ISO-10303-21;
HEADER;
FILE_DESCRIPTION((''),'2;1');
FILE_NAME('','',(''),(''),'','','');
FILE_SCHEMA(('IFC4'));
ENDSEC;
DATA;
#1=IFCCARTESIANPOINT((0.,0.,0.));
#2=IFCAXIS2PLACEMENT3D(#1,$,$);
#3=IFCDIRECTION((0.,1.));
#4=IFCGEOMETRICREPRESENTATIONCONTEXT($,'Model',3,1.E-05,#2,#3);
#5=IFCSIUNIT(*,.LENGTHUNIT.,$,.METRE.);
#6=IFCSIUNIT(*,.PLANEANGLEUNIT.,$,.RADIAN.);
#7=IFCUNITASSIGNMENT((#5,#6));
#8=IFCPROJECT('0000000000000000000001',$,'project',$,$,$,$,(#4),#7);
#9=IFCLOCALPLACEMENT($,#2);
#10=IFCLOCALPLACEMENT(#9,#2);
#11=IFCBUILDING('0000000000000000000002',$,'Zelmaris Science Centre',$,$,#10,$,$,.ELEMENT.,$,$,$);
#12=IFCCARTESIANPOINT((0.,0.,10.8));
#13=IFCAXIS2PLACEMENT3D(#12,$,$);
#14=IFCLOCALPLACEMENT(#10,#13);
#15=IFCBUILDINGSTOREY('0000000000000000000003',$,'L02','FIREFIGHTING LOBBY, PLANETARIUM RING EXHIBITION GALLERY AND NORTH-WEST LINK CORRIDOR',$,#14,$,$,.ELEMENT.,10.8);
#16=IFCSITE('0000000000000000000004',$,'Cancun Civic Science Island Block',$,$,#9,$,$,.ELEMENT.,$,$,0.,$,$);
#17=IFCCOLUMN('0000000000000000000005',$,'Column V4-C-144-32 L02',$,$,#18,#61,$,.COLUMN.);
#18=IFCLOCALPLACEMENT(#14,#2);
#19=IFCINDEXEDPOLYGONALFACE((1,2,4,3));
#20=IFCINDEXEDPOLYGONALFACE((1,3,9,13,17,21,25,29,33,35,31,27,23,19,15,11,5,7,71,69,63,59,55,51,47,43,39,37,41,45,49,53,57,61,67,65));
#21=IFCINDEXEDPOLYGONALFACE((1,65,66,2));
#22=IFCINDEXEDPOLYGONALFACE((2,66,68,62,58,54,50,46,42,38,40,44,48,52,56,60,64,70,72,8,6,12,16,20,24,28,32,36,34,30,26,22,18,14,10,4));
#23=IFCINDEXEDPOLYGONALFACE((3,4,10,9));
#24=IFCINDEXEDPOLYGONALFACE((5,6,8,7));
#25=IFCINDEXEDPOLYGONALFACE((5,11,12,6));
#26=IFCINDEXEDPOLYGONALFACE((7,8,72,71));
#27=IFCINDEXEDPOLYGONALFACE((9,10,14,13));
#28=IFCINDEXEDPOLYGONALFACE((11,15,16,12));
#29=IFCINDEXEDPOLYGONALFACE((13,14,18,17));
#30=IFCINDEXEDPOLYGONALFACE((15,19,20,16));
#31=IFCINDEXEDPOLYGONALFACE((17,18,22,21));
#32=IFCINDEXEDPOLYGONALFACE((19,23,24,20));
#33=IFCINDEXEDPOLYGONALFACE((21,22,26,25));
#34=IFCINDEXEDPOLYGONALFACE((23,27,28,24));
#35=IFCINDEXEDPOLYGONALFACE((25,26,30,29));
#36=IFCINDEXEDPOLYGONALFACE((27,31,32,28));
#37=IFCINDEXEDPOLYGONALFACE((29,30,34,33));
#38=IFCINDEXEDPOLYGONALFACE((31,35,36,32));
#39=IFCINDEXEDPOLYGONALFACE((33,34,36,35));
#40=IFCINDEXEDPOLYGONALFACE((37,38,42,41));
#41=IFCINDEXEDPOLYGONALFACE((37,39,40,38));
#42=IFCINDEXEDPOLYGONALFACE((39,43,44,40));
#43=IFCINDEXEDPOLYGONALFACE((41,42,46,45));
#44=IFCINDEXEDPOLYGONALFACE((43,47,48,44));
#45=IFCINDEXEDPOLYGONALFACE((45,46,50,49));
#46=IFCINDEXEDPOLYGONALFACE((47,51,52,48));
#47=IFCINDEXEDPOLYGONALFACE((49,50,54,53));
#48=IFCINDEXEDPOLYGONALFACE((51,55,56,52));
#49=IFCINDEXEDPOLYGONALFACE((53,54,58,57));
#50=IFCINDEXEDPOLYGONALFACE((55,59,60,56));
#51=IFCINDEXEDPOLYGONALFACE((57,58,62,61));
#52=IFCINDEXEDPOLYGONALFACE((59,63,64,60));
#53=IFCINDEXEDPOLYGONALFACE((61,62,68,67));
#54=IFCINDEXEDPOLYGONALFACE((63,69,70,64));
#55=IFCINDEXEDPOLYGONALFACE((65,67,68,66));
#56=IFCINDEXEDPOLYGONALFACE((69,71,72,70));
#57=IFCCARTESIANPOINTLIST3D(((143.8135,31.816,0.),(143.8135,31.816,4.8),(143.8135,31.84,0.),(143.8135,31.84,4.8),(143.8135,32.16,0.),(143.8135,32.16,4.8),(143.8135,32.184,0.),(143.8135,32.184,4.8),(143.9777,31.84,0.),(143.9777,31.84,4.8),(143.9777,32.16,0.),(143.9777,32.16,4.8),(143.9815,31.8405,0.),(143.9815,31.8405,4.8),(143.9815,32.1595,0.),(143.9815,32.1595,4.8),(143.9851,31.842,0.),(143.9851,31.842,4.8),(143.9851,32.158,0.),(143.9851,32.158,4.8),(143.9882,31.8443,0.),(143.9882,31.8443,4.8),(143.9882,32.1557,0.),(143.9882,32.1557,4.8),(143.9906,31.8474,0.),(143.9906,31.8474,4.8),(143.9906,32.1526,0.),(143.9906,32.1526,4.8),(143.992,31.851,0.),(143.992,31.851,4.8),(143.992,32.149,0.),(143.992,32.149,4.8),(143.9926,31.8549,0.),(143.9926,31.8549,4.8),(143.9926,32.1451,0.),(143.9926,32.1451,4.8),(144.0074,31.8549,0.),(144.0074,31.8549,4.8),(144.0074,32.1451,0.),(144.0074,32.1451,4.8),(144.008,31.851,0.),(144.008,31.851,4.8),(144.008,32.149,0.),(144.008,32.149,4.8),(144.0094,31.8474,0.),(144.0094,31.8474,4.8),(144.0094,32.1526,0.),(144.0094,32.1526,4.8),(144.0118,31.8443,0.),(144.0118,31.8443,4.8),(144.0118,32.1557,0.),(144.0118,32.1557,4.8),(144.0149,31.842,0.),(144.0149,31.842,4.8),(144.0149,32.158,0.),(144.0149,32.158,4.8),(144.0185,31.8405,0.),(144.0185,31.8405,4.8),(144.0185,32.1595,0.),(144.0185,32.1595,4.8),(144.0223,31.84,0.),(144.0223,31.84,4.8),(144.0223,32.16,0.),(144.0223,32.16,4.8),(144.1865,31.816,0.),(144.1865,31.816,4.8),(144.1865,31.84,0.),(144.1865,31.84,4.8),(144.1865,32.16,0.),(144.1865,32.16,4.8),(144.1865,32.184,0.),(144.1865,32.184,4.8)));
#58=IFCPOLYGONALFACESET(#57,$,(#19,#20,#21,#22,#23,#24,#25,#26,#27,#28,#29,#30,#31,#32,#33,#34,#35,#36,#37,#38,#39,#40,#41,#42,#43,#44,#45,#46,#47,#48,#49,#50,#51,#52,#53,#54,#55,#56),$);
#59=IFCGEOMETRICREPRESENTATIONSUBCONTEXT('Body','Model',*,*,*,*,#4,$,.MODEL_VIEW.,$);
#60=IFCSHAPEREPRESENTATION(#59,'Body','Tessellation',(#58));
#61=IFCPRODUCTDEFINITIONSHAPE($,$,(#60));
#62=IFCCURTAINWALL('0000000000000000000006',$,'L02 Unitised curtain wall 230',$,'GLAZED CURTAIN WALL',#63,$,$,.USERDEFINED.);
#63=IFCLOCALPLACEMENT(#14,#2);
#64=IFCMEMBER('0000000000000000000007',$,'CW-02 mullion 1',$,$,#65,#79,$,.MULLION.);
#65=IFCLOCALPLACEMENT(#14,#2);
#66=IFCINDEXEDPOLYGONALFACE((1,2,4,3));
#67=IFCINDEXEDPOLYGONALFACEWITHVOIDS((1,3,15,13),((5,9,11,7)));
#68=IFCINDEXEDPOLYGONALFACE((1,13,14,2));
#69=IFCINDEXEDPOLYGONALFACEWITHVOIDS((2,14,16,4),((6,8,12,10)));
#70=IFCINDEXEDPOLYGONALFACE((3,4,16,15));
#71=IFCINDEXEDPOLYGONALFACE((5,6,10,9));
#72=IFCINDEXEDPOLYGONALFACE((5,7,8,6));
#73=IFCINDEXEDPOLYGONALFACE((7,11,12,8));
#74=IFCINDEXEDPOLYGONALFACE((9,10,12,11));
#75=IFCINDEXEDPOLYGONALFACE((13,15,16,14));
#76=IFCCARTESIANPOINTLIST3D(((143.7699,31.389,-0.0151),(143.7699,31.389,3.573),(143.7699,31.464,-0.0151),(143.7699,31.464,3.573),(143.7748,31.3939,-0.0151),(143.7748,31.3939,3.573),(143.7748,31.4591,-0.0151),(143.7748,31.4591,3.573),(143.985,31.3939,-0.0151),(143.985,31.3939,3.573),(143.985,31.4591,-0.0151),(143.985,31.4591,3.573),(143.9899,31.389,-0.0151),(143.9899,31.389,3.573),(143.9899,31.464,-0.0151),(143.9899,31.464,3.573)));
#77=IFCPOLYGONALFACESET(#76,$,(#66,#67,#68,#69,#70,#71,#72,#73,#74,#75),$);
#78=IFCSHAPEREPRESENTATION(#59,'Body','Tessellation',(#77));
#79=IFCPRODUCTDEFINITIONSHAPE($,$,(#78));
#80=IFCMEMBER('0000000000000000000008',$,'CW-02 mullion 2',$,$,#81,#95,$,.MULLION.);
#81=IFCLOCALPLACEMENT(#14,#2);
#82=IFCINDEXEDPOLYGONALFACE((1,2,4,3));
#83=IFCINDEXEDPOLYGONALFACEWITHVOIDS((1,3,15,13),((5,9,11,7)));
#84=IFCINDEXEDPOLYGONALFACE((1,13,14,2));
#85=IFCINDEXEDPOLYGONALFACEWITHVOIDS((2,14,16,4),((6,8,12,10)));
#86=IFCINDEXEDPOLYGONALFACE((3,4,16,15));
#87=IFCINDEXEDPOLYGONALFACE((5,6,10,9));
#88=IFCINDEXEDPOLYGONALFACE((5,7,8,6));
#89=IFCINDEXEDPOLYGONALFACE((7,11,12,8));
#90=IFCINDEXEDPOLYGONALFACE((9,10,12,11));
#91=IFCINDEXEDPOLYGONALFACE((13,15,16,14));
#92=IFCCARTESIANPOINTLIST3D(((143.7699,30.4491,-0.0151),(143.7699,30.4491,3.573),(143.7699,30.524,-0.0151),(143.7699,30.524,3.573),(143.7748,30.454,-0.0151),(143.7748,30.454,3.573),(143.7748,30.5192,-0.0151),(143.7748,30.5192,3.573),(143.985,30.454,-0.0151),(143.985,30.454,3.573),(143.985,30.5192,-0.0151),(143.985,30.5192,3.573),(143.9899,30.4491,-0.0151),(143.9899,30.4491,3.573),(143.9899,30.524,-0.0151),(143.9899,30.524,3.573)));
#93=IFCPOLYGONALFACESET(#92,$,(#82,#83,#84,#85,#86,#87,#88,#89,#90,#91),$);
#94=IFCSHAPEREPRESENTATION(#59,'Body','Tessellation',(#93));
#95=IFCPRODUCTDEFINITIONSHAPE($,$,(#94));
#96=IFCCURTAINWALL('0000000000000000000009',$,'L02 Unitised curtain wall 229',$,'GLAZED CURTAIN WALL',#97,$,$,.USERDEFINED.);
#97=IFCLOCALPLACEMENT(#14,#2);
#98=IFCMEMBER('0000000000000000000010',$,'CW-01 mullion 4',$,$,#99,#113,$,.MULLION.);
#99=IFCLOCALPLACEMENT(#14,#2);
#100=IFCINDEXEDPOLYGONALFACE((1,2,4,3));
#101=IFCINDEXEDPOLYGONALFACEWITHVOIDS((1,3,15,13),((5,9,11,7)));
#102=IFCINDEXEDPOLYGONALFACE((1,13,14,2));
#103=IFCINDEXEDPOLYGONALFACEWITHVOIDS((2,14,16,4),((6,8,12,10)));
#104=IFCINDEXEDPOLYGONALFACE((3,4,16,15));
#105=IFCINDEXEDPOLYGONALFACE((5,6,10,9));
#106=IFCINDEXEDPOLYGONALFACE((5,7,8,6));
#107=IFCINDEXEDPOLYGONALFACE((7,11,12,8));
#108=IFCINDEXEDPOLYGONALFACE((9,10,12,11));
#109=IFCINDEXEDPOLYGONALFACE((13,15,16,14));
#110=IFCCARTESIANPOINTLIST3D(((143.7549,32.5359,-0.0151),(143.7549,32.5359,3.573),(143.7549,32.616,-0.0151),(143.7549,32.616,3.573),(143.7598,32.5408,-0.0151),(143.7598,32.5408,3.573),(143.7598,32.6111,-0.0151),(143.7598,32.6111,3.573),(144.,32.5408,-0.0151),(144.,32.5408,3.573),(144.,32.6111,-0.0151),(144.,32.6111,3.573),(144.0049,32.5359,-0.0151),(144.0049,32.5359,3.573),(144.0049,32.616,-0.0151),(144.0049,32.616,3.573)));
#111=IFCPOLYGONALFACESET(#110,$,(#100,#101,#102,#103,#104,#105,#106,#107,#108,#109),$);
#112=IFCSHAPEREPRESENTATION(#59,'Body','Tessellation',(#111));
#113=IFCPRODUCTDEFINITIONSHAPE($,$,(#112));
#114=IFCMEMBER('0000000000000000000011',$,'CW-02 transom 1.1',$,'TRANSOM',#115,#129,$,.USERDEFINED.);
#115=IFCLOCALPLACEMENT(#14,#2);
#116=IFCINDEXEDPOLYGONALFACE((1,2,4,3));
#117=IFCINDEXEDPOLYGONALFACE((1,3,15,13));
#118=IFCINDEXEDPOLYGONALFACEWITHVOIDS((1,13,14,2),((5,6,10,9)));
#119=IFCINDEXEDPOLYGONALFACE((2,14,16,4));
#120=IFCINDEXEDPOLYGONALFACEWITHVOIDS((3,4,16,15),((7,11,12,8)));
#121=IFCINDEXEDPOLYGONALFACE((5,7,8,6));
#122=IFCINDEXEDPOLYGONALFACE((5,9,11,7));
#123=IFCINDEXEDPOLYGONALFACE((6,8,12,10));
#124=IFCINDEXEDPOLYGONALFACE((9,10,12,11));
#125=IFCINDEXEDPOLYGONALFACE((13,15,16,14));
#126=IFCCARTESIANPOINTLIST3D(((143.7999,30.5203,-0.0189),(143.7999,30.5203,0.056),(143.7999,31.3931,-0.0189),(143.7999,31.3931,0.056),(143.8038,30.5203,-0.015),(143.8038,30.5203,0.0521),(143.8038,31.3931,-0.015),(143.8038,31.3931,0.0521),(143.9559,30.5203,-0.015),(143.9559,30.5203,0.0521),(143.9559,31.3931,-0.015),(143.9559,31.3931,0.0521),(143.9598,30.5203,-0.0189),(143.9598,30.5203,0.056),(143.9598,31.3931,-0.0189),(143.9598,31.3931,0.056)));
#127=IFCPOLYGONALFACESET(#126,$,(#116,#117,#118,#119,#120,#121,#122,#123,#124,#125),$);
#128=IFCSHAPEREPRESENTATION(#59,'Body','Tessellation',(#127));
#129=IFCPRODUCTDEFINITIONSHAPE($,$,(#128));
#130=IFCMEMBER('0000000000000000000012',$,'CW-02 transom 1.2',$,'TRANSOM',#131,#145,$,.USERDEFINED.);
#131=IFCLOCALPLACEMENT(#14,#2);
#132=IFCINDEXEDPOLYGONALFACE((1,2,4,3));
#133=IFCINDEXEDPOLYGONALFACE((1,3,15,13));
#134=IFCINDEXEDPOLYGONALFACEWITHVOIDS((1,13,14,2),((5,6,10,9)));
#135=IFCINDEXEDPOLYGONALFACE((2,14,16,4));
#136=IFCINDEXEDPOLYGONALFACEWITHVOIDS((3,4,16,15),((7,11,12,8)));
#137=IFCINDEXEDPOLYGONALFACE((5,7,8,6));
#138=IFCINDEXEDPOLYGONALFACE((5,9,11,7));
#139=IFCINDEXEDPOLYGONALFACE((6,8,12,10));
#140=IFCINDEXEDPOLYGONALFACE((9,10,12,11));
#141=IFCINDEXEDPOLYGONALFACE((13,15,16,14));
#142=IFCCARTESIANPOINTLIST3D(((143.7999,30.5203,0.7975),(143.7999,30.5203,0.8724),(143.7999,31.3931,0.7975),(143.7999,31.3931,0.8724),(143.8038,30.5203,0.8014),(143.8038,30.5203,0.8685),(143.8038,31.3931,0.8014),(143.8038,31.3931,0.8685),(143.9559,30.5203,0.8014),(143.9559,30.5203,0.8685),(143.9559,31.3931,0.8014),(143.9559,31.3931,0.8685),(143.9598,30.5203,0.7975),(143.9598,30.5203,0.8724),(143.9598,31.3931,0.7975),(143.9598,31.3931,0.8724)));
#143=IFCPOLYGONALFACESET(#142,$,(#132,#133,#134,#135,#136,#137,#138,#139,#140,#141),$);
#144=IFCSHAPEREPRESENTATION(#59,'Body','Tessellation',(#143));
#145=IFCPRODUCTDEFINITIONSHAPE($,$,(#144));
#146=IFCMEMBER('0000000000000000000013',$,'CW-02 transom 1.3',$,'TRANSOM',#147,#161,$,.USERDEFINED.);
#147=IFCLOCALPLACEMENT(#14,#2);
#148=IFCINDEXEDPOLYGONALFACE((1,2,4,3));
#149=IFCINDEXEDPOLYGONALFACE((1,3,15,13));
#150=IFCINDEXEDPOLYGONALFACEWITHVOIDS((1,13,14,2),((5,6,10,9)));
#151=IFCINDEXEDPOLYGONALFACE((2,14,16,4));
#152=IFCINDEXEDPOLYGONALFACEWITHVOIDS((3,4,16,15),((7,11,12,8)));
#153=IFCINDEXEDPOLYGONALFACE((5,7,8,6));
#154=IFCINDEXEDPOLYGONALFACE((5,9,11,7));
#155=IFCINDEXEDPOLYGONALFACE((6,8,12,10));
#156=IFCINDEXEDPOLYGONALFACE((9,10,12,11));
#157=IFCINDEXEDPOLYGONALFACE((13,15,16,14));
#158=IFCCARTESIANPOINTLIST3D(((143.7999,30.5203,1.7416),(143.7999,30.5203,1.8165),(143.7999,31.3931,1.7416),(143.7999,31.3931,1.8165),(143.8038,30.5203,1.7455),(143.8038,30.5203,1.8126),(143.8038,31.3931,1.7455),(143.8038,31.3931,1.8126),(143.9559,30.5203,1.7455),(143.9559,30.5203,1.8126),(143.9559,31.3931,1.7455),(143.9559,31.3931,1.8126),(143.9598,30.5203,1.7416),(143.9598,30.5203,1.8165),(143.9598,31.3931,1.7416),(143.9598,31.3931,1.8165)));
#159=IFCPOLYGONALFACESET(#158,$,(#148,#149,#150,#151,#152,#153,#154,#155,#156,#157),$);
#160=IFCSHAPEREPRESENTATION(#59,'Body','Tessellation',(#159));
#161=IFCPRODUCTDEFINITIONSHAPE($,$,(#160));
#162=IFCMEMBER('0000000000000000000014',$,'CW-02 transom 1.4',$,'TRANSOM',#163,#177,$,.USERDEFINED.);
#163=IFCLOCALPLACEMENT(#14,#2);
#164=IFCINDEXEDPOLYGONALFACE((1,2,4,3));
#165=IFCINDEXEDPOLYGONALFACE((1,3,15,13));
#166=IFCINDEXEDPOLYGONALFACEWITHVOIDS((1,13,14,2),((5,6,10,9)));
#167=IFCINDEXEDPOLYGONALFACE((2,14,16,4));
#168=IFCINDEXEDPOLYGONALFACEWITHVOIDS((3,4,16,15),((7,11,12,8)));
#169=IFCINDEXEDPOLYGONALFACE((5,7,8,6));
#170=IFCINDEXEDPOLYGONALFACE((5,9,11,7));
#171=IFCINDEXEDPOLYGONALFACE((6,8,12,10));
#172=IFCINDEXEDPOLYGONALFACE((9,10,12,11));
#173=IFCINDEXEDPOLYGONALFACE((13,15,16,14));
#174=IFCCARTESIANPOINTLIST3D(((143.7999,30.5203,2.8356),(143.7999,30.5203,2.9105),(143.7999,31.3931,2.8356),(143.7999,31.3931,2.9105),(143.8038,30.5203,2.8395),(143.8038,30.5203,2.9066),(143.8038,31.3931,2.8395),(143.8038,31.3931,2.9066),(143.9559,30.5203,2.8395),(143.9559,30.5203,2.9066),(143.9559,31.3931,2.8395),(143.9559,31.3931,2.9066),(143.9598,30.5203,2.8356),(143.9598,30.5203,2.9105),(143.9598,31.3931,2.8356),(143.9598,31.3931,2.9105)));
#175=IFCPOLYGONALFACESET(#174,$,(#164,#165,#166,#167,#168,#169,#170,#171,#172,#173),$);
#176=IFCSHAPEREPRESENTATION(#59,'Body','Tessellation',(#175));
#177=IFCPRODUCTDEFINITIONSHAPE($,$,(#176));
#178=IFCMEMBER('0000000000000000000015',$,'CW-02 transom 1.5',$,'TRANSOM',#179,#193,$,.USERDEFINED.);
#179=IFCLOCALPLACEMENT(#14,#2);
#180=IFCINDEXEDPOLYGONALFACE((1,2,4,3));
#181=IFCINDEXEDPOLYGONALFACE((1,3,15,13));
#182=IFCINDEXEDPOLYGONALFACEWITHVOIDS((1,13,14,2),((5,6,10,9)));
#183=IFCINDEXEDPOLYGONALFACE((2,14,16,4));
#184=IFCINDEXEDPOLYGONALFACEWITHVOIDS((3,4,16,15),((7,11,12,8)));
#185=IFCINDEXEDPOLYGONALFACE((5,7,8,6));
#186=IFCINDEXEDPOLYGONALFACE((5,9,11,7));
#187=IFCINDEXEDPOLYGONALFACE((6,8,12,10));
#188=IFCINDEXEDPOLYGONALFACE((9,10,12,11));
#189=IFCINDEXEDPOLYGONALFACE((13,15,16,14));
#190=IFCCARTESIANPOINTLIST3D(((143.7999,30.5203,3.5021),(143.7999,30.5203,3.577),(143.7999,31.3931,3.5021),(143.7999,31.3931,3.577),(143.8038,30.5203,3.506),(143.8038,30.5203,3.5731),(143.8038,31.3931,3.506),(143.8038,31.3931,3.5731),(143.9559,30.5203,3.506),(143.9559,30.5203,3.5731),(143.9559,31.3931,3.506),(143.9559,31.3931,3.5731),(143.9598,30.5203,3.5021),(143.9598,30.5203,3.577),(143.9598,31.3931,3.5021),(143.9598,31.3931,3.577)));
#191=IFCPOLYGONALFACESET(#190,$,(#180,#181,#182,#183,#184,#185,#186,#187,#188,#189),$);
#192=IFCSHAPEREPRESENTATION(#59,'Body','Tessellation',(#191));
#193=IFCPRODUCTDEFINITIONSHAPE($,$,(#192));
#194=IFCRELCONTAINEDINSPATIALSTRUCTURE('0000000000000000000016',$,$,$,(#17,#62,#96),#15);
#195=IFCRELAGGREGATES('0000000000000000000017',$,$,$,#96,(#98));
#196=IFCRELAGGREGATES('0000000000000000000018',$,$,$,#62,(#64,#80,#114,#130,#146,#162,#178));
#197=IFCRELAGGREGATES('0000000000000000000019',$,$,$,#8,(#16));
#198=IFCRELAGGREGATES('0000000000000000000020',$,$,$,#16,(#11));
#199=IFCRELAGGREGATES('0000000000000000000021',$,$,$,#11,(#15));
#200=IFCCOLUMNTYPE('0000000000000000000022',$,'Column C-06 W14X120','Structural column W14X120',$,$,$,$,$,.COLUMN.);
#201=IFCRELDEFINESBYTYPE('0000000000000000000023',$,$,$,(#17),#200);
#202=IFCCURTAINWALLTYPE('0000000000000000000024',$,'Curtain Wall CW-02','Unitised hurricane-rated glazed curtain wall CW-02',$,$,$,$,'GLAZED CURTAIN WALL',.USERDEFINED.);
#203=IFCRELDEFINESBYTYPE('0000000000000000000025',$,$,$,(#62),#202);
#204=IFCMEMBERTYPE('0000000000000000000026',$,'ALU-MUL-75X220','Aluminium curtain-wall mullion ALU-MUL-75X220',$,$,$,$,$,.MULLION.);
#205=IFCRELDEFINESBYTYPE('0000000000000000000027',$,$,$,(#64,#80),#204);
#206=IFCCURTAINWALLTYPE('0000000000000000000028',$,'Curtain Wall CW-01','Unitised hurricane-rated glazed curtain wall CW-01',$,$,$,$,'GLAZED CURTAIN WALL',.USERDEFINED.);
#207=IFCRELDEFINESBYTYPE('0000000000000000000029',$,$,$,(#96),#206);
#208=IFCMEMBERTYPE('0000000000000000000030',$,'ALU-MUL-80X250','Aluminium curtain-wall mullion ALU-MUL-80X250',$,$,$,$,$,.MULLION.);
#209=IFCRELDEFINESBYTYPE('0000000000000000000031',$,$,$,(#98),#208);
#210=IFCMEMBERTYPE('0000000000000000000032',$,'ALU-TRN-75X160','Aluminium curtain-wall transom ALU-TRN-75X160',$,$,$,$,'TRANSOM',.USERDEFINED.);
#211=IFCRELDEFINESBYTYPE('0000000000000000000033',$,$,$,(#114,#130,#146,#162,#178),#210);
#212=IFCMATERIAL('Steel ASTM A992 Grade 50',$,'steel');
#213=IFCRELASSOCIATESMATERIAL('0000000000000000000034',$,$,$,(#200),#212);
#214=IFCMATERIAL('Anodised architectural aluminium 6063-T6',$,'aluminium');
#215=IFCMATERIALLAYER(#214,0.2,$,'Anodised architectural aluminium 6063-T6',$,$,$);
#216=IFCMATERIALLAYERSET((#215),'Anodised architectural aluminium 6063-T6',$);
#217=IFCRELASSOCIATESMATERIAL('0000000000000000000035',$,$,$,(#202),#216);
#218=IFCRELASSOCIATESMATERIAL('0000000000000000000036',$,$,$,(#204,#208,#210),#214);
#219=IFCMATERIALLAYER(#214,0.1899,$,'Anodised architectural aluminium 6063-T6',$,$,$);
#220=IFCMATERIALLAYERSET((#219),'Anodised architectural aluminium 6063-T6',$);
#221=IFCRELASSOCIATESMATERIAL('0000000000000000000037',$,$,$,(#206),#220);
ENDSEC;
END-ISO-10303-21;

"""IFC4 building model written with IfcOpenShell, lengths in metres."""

from ifc_helpers import new_model, si_unit, direction, frame, origin, origin_2d, place, context, subcontext, project, spatial, hollow_rectangle, i_section, extrude, material, layer, layer_set, material_profile, profile_set, type_object, element, aggregate, save


model = new_model("IFC4")

# Units and contexts
model_context = context("Model", 3, precision=1e-05, world=origin(), true_north=direction((0.0, 1.0)))
body_context = subcontext(model_context, "Body", "Model", "MODEL_VIEW")
ifc_project = project(units=[si_unit("LENGTHUNIT", "METRE"), si_unit("PLANEANGLEUNIT", "RADIAN")], contexts=[model_context])

# Site, building, storey
site_placement = place(None, origin())
site = spatial("IfcSite", under=ifc_project, at=site_placement, Name="Cancun Civic Science Island Block", CompositionType="ELEMENT", RefElevation=0.0)
building_placement = place(site_placement, origin())
building = spatial("IfcBuilding", under=site, at=building_placement, Name="Zelmaris Science Centre", CompositionType="ELEMENT")
storey_placement = place(building_placement, frame((0.0, 0.0, 10.8)))
storey = spatial("IfcBuildingStorey", under=building, at=storey_placement, Name="L02", Description="FIREFIGHTING LOBBY, PLANETARIUM RING EXHIBITION GALLERY AND NORTH-WEST LINK CORRIDOR", CompositionType="ELEMENT", Elevation=10.8)

# Column
ifc_material_1 = material(Name="Steel ASTM A992 Grade 50", Category="steel")
ifc_material_profile_1 = material_profile(ifc_material_1, i_section(OverallWidth=0.373, OverallDepth=0.3679, WebThickness=0.0149, FlangeThickness=0.0239, FilletRadius=0.0149, at=origin_2d()), Name="W14X120")
ifc_profile_set_1 = profile_set([ifc_material_profile_1], Name="Steel ASTM A992 Grade 50")
column_type = type_object("IfcColumnType", Name="Column C-06 W14X120", Description="Structural column W14X120", PredefinedType="COLUMN", material=ifc_profile_set_1)
column_placement = place(storey_placement, frame((144.0, 32.0, 0.0), z_axis=(0.0, 0.0, 1.0), x_axis=(1.0, 0.0, 0.0)))
element("IfcColumn", 1, at=column_placement, inside=storey, type_object=column_type, Name="Column V4-C-144-32 L02", PredefinedType="COLUMN", context=body_context, shape_type="SweptSolid", body=[
    extrude(i_section(OverallWidth=0.373, OverallDepth=0.3679, WebThickness=0.0149, FlangeThickness=0.0239, FilletRadius=0.0149, at=origin_2d()), origin(), (0.0, 0.0, 1.0), 4.8),
])

# Curtain wall, members
ifc_material_2 = material(Name="Anodised architectural aluminium 6063-T6", Category="aluminium")
ifc_layer_1 = layer(ifc_material_2, 0.2, Name="Anodised architectural aluminium 6063-T6")
ifc_layer_set_1 = layer_set([ifc_layer_1], Name="Anodised architectural aluminium 6063-T6")
curtain_wall_type_1 = type_object("IfcCurtainWallType", Name="Curtain Wall CW-02", Description="Unitised hurricane-rated glazed curtain wall CW-02", ElementType="GLAZED CURTAIN WALL", PredefinedType="USERDEFINED", material=ifc_layer_set_1)
curtain_wall_1_placement = place(storey_placement, origin())
curtain_wall_1 = element("IfcCurtainWall", 2, at=curtain_wall_1_placement, inside=storey, type_object=curtain_wall_type_1, Name="L02 Unitised curtain wall 230", ObjectType="GLAZED CURTAIN WALL", PredefinedType="USERDEFINED")
ifc_material_profile_2 = material_profile(ifc_material_2, hollow_rectangle(XDim=0.075, YDim=0.22, WallThickness=0.0049, at=origin_2d()), Name="ALU-MUL-75X220")
ifc_profile_set_2 = profile_set([ifc_material_profile_2], Name="Anodised architectural aluminium 6063-T6")
member_type_1 = type_object("IfcMemberType", Name="ALU-MUL-75X220", Description="Aluminium curtain-wall mullion ALU-MUL-75X220", PredefinedType="MULLION", material=ifc_profile_set_2)
member_1_placement = place(storey_placement, frame((143.8799, 31.4265, -0.0151), z_axis=(0.0, 0.0, 1.0), x_axis=(0.0, -1.0, 0.0)))
member_1 = element("IfcMember", 3, at=member_1_placement, type_object=member_type_1, Name="CW-02 mullion 1", PredefinedType="MULLION", context=body_context, shape_type="SweptSolid", body=[
    extrude(hollow_rectangle(XDim=0.075, YDim=0.22, WallThickness=0.0049, at=origin_2d()), origin(), (0.0, 0.0, 1.0), 3.5881),
])
member_2_placement = place(storey_placement, frame((143.8799, 30.4866, -0.0151), z_axis=(0.0, 0.0, 1.0), x_axis=(0.0, -1.0, 0.0)))
member_2 = element("IfcMember", 4, at=member_2_placement, type_object=member_type_1, Name="CW-02 mullion 2", PredefinedType="MULLION", context=body_context, shape_type="SweptSolid", body=[
    extrude(hollow_rectangle(XDim=0.075, YDim=0.22, WallThickness=0.0049, at=origin_2d()), origin(), (0.0, 0.0, 1.0), 3.5881),
])

# Curtain wall, member
ifc_layer_2 = layer(ifc_material_2, 0.1899, Name="Anodised architectural aluminium 6063-T6")
ifc_layer_set_2 = layer_set([ifc_layer_2], Name="Anodised architectural aluminium 6063-T6")
curtain_wall_type_2 = type_object("IfcCurtainWallType", Name="Curtain Wall CW-01", Description="Unitised hurricane-rated glazed curtain wall CW-01", ElementType="GLAZED CURTAIN WALL", PredefinedType="USERDEFINED", material=ifc_layer_set_2)
curtain_wall_2_placement = place(storey_placement, origin())
curtain_wall_2 = element("IfcCurtainWall", 5, at=curtain_wall_2_placement, inside=storey, type_object=curtain_wall_type_2, Name="L02 Unitised curtain wall 229", ObjectType="GLAZED CURTAIN WALL", PredefinedType="USERDEFINED")
ifc_material_profile_3 = material_profile(ifc_material_2, hollow_rectangle(XDim=0.0801, YDim=0.25, WallThickness=0.0049, at=origin_2d()), Name="ALU-MUL-80X250")
ifc_profile_set_3 = profile_set([ifc_material_profile_3], Name="Anodised architectural aluminium 6063-T6")
member_type_2 = type_object("IfcMemberType", Name="ALU-MUL-80X250", Description="Aluminium curtain-wall mullion ALU-MUL-80X250", PredefinedType="MULLION", material=ifc_profile_set_3)
member_3_placement = place(storey_placement, frame((143.8799, 32.5759, -0.0151), z_axis=(0.0, 0.0, 1.0), x_axis=(0.0, -1.0, 0.0)))
member_3 = element("IfcMember", 6, at=member_3_placement, type_object=member_type_2, Name="CW-01 mullion 4", PredefinedType="MULLION", context=body_context, shape_type="SweptSolid", body=[
    extrude(hollow_rectangle(XDim=0.0801, YDim=0.25, WallThickness=0.0049, at=origin_2d()), origin(), (0.0, 0.0, 1.0), 3.5881),
])

# Members
ifc_material_profile_4 = material_profile(ifc_material_2, hollow_rectangle(XDim=0.075, YDim=0.1599, WallThickness=0.0039, at=origin_2d()), Name="ALU-TRN-75X160")
ifc_profile_set_4 = profile_set([ifc_material_profile_4], Name="Anodised architectural aluminium 6063-T6")
member_type_3 = type_object("IfcMemberType", Name="ALU-TRN-75X160", Description="Aluminium curtain-wall transom ALU-TRN-75X160", ElementType="TRANSOM", PredefinedType="USERDEFINED", material=ifc_profile_set_4)
member_4_placement = place(storey_placement, frame((143.8799, 31.3931, 0.0186), z_axis=(0.0, -1.0, 0.0), x_axis=(0.0, 0.0, 1.0)))
member_4 = element("IfcMember", 7, at=member_4_placement, type_object=member_type_3, Name="CW-02 transom 1.1", ObjectType="TRANSOM", PredefinedType="USERDEFINED", context=body_context, shape_type="SweptSolid", body=[
    extrude(hollow_rectangle(XDim=0.075, YDim=0.1599, WallThickness=0.0039, at=origin_2d()), origin(), (0.0, 0.0, 1.0), 0.8728),
])
member_5_placement = place(storey_placement, frame((143.8799, 31.3931, 0.835), z_axis=(0.0, -1.0, 0.0), x_axis=(0.0, 0.0, 1.0)))
member_5 = element("IfcMember", 8, at=member_5_placement, type_object=member_type_3, Name="CW-02 transom 1.2", ObjectType="TRANSOM", PredefinedType="USERDEFINED", context=body_context, shape_type="SweptSolid", body=[
    extrude(hollow_rectangle(XDim=0.075, YDim=0.1599, WallThickness=0.0039, at=origin_2d()), origin(), (0.0, 0.0, 1.0), 0.8728),
])
member_6_placement = place(storey_placement, frame((143.8799, 31.3931, 1.7791), z_axis=(0.0, -1.0, 0.0), x_axis=(0.0, 0.0, 1.0)))
member_6 = element("IfcMember", 9, at=member_6_placement, type_object=member_type_3, Name="CW-02 transom 1.3", ObjectType="TRANSOM", PredefinedType="USERDEFINED", context=body_context, shape_type="SweptSolid", body=[
    extrude(hollow_rectangle(XDim=0.075, YDim=0.1599, WallThickness=0.0039, at=origin_2d()), origin(), (0.0, 0.0, 1.0), 0.8728),
])
member_7_placement = place(storey_placement, frame((143.8799, 31.3931, 2.873), z_axis=(0.0, -1.0, 0.0), x_axis=(0.0, 0.0, 1.0)))
member_7 = element("IfcMember", 10, at=member_7_placement, type_object=member_type_3, Name="CW-02 transom 1.4", ObjectType="TRANSOM", PredefinedType="USERDEFINED", context=body_context, shape_type="SweptSolid", body=[
    extrude(hollow_rectangle(XDim=0.075, YDim=0.1599, WallThickness=0.0039, at=origin_2d()), origin(), (0.0, 0.0, 1.0), 0.8728),
])
member_8_placement = place(storey_placement, frame((143.8799, 31.3931, 3.5396), z_axis=(0.0, -1.0, 0.0), x_axis=(0.0, 0.0, 1.0)))
member_8 = element("IfcMember", 11, at=member_8_placement, type_object=member_type_3, Name="CW-02 transom 1.5", ObjectType="TRANSOM", PredefinedType="USERDEFINED", context=body_context, shape_type="SweptSolid", body=[
    extrude(hollow_rectangle(XDim=0.075, YDim=0.1599, WallThickness=0.0039, at=origin_2d()), origin(), (0.0, 0.0, 1.0), 0.8728),
])

aggregate(curtain_wall_2, [member_3])
aggregate(curtain_wall_1, [member_1, member_2, member_4, member_5, member_6, member_7, member_8])

save(model, "model.ifc")
